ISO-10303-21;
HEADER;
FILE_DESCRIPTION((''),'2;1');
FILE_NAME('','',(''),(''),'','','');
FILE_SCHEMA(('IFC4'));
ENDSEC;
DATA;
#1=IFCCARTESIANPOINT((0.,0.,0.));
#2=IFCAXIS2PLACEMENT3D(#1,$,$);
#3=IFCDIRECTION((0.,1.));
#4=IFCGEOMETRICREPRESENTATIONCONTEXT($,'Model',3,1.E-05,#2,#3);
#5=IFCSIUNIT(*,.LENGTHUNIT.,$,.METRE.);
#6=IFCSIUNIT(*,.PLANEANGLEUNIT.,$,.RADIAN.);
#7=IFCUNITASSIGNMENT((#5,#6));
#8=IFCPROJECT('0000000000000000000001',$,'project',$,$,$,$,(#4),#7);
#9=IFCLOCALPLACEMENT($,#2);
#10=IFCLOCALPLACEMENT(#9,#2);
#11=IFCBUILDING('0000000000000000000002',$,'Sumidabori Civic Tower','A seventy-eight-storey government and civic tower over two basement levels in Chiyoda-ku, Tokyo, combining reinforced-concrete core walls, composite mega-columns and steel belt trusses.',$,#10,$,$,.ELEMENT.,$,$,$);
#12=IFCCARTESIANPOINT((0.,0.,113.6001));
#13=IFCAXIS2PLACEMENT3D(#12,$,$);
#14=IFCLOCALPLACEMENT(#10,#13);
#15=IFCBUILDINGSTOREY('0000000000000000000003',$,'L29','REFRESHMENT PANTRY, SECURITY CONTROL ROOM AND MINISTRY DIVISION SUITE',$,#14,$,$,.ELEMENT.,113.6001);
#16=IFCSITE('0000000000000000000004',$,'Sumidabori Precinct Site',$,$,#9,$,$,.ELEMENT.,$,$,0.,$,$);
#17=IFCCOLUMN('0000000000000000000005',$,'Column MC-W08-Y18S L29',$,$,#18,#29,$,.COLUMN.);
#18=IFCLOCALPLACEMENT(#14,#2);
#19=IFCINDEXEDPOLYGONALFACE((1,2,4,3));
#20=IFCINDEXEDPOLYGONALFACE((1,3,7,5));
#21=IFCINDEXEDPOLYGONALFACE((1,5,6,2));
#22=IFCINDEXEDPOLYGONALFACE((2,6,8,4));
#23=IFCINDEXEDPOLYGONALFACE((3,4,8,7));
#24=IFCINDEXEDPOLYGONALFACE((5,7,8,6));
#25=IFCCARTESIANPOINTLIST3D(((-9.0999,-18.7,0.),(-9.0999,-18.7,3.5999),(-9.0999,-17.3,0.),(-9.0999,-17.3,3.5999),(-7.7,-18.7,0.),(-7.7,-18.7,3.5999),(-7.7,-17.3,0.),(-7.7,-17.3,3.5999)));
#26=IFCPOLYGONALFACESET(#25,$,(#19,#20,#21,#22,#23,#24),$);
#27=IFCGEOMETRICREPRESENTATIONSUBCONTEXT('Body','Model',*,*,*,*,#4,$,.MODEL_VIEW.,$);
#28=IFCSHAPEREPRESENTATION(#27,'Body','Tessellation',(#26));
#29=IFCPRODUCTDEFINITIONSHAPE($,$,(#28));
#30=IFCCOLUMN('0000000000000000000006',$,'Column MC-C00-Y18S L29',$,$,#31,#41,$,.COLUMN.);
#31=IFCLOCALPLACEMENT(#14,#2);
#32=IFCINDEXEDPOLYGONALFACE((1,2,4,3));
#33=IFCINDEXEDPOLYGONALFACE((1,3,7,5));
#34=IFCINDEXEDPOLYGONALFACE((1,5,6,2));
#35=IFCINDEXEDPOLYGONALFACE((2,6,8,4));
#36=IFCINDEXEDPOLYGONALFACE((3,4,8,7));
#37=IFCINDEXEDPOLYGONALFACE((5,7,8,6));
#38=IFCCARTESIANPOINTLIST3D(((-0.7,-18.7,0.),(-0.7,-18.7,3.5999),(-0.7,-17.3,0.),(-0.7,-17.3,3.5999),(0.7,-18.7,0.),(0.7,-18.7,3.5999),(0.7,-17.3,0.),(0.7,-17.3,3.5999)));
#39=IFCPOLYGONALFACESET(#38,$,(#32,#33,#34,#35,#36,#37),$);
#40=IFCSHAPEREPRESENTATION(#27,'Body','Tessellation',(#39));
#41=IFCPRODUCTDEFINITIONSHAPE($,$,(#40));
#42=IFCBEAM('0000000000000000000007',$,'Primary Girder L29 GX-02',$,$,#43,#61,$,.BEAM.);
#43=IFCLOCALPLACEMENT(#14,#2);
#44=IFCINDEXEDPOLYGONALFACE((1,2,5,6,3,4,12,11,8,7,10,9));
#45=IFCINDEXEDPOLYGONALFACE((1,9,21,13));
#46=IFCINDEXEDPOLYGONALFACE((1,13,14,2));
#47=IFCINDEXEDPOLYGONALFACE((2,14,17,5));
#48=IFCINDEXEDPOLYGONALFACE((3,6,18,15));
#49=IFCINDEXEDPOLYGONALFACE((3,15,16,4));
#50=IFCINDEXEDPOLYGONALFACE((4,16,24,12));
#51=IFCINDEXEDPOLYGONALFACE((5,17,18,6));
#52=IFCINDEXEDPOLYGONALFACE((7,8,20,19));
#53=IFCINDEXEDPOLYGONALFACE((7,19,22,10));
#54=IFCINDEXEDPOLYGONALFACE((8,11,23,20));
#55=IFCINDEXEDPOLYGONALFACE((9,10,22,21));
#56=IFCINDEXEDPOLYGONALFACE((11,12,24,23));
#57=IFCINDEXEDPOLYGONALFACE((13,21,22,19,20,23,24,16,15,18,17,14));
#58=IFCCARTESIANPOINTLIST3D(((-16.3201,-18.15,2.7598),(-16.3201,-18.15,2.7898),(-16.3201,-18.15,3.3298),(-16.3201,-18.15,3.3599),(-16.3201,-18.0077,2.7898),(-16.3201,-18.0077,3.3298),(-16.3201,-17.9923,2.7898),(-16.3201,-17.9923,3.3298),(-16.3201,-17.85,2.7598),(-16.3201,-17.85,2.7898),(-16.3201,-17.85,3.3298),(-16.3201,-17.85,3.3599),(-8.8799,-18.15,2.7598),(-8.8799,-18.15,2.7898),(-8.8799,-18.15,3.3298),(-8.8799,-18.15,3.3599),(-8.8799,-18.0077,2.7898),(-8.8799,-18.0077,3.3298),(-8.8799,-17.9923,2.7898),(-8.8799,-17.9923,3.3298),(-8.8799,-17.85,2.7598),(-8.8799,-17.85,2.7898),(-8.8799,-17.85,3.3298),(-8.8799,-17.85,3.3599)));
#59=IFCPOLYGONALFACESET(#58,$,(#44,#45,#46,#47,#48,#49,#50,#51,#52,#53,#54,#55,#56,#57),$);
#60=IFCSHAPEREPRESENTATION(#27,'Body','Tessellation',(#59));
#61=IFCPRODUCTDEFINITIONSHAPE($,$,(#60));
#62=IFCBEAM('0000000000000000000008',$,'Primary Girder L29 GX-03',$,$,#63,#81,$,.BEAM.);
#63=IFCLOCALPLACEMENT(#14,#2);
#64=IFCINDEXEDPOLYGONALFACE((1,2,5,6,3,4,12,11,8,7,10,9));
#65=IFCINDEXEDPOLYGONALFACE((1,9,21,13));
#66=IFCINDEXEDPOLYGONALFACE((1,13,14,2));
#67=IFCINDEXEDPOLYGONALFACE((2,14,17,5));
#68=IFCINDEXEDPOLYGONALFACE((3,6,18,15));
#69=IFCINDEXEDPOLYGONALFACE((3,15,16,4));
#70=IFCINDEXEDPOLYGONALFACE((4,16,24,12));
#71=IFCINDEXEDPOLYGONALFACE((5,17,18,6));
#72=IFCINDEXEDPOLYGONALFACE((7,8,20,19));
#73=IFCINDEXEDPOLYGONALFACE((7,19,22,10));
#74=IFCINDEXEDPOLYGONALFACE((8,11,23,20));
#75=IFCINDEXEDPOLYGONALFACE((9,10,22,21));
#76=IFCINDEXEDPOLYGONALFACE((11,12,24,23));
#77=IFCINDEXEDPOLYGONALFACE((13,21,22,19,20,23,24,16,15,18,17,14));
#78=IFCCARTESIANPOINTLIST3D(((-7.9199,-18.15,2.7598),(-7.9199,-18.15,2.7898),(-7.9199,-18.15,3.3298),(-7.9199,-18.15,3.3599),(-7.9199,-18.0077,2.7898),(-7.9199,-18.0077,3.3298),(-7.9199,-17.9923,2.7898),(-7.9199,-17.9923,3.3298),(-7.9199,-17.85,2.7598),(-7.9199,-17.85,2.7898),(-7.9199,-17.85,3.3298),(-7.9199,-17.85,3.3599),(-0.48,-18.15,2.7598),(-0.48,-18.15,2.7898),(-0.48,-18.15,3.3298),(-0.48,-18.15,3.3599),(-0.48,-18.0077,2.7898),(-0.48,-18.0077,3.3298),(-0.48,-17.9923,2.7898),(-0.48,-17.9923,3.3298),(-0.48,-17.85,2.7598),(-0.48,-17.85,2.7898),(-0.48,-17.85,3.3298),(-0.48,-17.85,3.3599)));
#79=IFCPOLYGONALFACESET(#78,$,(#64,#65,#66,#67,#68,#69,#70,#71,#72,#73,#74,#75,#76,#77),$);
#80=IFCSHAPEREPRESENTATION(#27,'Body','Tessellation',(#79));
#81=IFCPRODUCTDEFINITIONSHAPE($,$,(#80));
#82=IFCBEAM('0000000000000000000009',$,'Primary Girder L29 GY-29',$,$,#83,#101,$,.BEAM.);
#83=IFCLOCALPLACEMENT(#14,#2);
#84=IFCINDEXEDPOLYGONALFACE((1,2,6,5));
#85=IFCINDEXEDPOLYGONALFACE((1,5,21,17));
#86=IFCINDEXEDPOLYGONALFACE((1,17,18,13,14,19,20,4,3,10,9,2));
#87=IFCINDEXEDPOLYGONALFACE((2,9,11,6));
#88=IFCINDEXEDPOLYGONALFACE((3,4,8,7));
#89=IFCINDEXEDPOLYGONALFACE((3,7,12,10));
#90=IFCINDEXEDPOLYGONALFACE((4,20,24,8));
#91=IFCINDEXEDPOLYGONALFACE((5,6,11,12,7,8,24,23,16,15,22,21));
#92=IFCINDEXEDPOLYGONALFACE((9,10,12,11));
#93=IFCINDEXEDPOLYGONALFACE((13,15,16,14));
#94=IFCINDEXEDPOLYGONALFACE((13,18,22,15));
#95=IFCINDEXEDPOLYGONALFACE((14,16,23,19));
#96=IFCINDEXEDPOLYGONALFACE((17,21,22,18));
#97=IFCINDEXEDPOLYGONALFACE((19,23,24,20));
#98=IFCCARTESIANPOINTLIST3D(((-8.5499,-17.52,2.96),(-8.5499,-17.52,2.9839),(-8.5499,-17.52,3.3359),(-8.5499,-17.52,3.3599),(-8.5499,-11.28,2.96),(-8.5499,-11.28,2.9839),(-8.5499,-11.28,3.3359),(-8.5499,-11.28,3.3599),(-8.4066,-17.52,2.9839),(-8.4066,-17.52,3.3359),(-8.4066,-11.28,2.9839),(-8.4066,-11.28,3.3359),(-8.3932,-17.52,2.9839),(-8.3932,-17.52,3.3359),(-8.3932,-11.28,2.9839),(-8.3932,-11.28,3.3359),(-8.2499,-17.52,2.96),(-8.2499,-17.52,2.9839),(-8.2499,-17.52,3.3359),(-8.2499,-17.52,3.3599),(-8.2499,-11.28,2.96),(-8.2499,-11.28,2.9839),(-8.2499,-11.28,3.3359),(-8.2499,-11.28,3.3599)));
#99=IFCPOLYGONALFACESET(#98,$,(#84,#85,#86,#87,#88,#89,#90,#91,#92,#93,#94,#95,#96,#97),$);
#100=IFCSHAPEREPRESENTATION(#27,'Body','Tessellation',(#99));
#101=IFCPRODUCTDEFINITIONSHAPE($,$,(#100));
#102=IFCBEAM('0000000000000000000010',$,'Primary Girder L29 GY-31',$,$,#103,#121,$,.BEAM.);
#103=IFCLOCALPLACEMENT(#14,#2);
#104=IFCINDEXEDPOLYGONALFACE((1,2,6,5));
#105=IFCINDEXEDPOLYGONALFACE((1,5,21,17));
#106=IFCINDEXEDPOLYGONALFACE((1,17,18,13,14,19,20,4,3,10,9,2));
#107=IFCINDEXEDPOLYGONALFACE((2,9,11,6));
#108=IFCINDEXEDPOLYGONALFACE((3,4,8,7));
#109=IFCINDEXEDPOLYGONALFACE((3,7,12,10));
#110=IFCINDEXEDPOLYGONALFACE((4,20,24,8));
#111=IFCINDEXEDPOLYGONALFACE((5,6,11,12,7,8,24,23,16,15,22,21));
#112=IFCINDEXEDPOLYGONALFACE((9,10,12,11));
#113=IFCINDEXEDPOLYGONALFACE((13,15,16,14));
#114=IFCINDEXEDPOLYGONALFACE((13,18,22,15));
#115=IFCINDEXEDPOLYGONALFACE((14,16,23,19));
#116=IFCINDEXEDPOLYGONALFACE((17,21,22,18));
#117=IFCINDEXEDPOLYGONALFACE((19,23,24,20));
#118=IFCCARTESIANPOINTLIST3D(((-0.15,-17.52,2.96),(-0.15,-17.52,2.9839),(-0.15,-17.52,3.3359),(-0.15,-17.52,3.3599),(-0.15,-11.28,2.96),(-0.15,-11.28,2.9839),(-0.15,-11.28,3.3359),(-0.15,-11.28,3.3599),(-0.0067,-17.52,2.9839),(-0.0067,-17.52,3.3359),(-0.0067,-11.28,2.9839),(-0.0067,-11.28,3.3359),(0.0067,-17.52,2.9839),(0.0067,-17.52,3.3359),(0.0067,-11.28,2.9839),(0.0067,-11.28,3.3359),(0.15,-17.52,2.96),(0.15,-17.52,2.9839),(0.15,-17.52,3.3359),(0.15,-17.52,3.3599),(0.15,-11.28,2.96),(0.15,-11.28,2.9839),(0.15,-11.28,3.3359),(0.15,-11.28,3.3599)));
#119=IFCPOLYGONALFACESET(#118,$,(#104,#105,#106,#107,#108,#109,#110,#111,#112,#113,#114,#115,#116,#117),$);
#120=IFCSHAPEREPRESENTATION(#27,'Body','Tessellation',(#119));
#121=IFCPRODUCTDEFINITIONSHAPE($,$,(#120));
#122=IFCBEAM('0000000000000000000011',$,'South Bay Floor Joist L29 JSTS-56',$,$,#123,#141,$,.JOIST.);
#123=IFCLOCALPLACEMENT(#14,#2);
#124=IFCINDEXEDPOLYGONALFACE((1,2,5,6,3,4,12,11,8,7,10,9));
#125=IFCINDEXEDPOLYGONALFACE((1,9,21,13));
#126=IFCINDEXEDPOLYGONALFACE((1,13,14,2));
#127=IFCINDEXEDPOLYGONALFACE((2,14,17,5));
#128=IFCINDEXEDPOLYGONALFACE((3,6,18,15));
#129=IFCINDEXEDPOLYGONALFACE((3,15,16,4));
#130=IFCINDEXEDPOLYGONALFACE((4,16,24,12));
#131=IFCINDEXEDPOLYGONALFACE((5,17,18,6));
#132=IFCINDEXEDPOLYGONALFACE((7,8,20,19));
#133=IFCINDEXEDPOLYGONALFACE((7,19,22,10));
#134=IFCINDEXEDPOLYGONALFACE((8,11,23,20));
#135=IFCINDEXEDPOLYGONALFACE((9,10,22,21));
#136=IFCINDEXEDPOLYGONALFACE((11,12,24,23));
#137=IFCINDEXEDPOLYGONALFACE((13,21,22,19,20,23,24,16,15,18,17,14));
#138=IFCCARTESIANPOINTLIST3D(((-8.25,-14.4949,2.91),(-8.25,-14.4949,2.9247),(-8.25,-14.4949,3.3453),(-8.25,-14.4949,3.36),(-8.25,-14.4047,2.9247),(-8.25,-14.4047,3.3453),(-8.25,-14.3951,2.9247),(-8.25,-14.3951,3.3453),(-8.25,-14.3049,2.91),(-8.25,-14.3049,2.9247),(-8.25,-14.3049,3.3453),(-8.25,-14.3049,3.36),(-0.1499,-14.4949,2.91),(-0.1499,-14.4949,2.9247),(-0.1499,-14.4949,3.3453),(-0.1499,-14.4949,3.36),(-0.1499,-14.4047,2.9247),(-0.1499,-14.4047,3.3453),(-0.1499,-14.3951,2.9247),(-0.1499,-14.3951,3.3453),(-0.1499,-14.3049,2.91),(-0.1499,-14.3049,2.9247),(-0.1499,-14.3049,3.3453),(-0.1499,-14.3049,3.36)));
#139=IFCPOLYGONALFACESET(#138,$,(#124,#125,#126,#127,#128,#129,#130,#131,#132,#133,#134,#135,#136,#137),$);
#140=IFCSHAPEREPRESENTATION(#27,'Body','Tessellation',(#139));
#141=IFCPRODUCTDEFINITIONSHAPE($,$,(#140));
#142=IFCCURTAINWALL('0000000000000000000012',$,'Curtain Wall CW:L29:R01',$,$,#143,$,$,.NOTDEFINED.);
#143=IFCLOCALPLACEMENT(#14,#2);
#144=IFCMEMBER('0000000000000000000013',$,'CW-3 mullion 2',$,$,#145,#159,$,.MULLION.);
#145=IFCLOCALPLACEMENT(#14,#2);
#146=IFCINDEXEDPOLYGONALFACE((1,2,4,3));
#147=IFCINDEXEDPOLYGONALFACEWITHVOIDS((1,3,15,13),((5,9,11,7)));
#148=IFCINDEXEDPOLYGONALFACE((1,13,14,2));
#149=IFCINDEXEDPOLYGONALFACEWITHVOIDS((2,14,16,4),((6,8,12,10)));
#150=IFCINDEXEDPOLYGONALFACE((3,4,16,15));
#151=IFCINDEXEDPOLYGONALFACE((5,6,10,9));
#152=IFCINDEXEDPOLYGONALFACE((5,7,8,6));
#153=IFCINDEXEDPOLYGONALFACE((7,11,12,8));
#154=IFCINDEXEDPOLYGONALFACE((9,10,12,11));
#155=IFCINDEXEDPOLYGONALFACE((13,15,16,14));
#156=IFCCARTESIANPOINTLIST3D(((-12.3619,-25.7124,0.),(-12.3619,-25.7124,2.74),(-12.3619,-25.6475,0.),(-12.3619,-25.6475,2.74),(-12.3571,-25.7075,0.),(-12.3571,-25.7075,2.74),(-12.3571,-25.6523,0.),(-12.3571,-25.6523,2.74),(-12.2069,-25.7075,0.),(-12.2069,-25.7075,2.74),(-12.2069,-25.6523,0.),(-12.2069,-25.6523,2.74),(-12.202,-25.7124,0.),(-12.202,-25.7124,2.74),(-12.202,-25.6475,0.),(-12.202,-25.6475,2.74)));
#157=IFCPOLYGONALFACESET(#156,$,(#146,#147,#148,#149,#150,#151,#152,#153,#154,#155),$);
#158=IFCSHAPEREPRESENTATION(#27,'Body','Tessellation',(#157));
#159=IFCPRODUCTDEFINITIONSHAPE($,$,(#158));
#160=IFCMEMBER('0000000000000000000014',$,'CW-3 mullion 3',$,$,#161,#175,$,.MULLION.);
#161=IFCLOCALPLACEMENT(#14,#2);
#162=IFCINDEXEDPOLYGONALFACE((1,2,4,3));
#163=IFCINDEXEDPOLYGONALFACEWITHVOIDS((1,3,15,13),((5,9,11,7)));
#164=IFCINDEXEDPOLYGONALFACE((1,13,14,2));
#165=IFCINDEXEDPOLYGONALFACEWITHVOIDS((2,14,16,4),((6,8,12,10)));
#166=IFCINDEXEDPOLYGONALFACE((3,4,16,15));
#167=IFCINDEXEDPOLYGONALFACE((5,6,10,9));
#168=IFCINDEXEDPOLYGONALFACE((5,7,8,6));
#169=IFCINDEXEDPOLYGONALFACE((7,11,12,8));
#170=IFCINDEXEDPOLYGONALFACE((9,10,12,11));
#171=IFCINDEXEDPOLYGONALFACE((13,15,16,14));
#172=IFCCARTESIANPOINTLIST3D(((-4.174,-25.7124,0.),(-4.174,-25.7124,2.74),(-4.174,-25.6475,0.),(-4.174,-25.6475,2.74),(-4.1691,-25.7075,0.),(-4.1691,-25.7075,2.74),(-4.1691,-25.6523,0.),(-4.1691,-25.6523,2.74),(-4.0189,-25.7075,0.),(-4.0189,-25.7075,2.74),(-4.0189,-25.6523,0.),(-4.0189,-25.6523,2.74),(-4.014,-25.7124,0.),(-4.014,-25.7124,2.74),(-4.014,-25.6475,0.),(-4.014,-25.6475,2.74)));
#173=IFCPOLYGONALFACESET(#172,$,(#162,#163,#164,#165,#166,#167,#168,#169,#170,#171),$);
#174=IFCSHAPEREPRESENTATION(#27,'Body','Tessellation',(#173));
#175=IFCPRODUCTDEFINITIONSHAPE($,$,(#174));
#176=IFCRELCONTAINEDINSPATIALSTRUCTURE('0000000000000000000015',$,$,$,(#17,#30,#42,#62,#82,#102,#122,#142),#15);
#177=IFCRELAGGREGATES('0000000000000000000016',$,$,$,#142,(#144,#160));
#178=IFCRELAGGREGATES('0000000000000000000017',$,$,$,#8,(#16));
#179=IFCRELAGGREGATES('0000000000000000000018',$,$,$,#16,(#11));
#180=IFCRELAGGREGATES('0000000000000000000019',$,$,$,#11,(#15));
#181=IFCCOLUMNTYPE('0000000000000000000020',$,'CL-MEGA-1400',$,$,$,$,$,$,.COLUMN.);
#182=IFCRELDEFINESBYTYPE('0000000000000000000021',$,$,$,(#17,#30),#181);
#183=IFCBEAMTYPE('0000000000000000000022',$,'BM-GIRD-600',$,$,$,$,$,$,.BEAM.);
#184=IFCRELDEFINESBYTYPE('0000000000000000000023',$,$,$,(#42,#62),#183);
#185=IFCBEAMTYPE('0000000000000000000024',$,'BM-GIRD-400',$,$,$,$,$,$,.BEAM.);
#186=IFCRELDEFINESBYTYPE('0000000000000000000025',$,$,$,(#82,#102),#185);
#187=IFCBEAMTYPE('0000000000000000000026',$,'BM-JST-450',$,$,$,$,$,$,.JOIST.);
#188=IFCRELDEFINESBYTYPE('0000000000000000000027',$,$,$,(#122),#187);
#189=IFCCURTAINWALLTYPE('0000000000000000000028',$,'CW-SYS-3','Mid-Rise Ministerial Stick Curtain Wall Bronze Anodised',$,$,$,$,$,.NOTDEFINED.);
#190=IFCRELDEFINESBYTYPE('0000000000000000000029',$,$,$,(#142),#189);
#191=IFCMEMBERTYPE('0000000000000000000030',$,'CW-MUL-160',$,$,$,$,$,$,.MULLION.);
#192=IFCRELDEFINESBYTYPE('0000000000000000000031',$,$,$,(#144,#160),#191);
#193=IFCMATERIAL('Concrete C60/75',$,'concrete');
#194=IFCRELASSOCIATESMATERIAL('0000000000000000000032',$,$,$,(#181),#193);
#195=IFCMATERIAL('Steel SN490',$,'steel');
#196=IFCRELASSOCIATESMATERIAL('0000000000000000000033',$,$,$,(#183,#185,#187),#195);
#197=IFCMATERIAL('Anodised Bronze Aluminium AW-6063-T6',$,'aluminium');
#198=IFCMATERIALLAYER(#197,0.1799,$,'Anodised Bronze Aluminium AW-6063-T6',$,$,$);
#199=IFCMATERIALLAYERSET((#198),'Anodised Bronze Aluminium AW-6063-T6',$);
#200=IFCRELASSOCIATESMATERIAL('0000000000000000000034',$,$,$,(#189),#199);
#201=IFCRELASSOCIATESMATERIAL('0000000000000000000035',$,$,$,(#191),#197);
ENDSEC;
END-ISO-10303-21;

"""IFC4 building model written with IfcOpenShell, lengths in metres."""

from ifc_helpers import new_model, si_unit, direction, frame, origin, origin_2d, place, context, subcontext, project, spatial, rectangle, hollow_rectangle, i_section, extrude, source, transform, mapped, material, layer, layer_set, material_profile, profile_set, type_object, element, aggregate, save


model = new_model("IFC4")

# Units and contexts
model_context = context("Model", 3, precision=1e-05, world=origin(), true_north=direction((0.0, 1.0)))
body_context = subcontext(model_context, "Body", "Model", "MODEL_VIEW")
ifc_project = project(units=[si_unit("LENGTHUNIT", "METRE"), si_unit("PLANEANGLEUNIT", "RADIAN")], contexts=[model_context])

# Site, building, storey
site_placement = place(None, origin())
site = spatial("IfcSite", under=ifc_project, at=site_placement, Name="Sumidabori Precinct Site", CompositionType="ELEMENT", RefElevation=0.0)
building_placement = place(site_placement, origin())
building = spatial("IfcBuilding", under=site, at=building_placement, Name="Sumidabori Civic Tower", Description="A seventy-eight-storey government and civic tower over two basement levels in Chiyoda-ku, Tokyo, combining reinforced-concrete core walls, composite mega-columns and steel belt trusses.", CompositionType="ELEMENT")
storey_placement = place(building_placement, frame((0.0, 0.0, 113.6001)))
storey = spatial("IfcBuildingStorey", under=building, at=storey_placement, Name="L29", Description="REFRESHMENT PANTRY, SECURITY CONTROL ROOM AND MINISTRY DIVISION SUITE", CompositionType="ELEMENT", Elevation=113.6001)

# Columns
ifc_material_1 = material(Name="Concrete C60/75", Category="concrete")
ifc_material_profile_1 = material_profile(ifc_material_1, rectangle(XDim=1.3999, YDim=1.3999, at=origin_2d()), Name="RC 1400x1400")
ifc_profile_set_1 = profile_set([ifc_material_profile_1], Name="Concrete C60/75")
column_type = type_object("IfcColumnType", Name="CL-MEGA-1400", PredefinedType="COLUMN", material=ifc_profile_set_1)
shared_shape_1 = source(origin(), body_context, "Body", "SweptSolid", [
    extrude(rectangle(XDim=1.3999, YDim=1.3999, at=origin_2d()), origin(), (0.0, 0.0, 1.0), 3.5999),
])
for number, where, z_axis, x_axis, name in (
    (1, (-8.3999, -18.0, 0.0), (0.0, 0.0, 1.0), (1.0, 0.0, 0.0), "Column MC-W08-Y18S L29"),
    (2, (0.0, -18.0, 0.0), (0.0, 0.0, 1.0), (1.0, 0.0, 0.0), "Column MC-C00-Y18S L29"),
):
    element("IfcColumn", number, at=place(storey_placement, frame(where, z_axis=z_axis, x_axis=x_axis)), inside=storey, type_object=column_type, Name=name, PredefinedType="COLUMN", context=body_context, shape_type="MappedRepresentation", body=[
        mapped(shared_shape_1, transform((0.0, 0.0, 0.0), x_axis=(1.0, 0.0, 0.0), y_axis=(0.0, 1.0, 0.0), z_axis=(0.0, 0.0, 1.0), scale=1.0)),
    ])

# Beams
ifc_material_2 = material(Name="Steel SN490", Category="steel")
ifc_material_profile_2 = material_profile(ifc_material_2, i_section(OverallWidth=0.3, OverallDepth=0.6001, WebThickness=0.0154, FlangeThickness=0.03, at=origin_2d()), Name="HE 600 B")
ifc_profile_set_2 = profile_set([ifc_material_profile_2], Name="Steel SN490")
beam_type_1 = type_object("IfcBeamType", Name="BM-GIRD-600", PredefinedType="BEAM", material=ifc_profile_set_2)
shared_shape_2 = source(origin(), body_context, "Body", "SweptSolid", [
    extrude(i_section(OverallWidth=0.3, OverallDepth=0.6001, WebThickness=0.0154, FlangeThickness=0.03, at=origin_2d()), origin(), (0.0, 0.0, 1.0), 7.4402),
])
beam_1_placement = place(storey_placement, frame((-16.3201, -18.0, 3.0598), z_axis=(1.0, 0.0, 0.0), x_axis=(0.0, 1.0, 0.0)))
element("IfcBeam", 3, at=beam_1_placement, inside=storey, type_object=beam_type_1, Name="Primary Girder L29 GX-02", PredefinedType="BEAM", context=body_context, shape_type="MappedRepresentation", body=[
    mapped(shared_shape_2, transform((0.0, 0.0, 0.0), x_axis=(1.0, 0.0, 0.0), y_axis=(0.0, 1.0, 0.0), z_axis=(0.0, 0.0, 1.0), scale=1.0)),
])
shared_shape_3 = source(origin(), body_context, "Body", "SweptSolid", [
    extrude(i_section(OverallWidth=0.3, OverallDepth=0.6001, WebThickness=0.0154, FlangeThickness=0.03, at=origin_2d()), origin(), (0.0, 0.0, 1.0), 7.4399),
])
beam_2_placement = place(storey_placement, frame((-7.9199, -18.0, 3.0598), z_axis=(1.0, 0.0, 0.0), x_axis=(0.0, 1.0, 0.0)))
element("IfcBeam", 4, at=beam_2_placement, inside=storey, type_object=beam_type_1, Name="Primary Girder L29 GX-03", PredefinedType="BEAM", context=body_context, shape_type="MappedRepresentation", body=[
    mapped(shared_shape_3, transform((0.0, 0.0, 0.0), x_axis=(1.0, 0.0, 0.0), y_axis=(0.0, 1.0, 0.0), z_axis=(0.0, 0.0, 1.0), scale=1.0)),
])
ifc_material_profile_3 = material_profile(ifc_material_2, i_section(OverallWidth=0.3, OverallDepth=0.3999, WebThickness=0.0134, FlangeThickness=0.0239, at=origin_2d()), Name="HE 400 B")
ifc_profile_set_3 = profile_set([ifc_material_profile_3], Name="Steel SN490")
beam_type_2 = type_object("IfcBeamType", Name="BM-GIRD-400", PredefinedType="BEAM", material=ifc_profile_set_3)
shared_shape_4 = source(origin(), body_context, "Body", "SweptSolid", [
    extrude(i_section(OverallWidth=0.3, OverallDepth=0.3999, WebThickness=0.0134, FlangeThickness=0.0239, at=origin_2d()), origin(), (0.0, 0.0, 1.0), 6.24),
])
for number, where, z_axis, x_axis, name in (
    (5, (-8.3999, -17.52, 3.1599), (0.0, 1.0, 0.0), (-1.0, 0.0, 0.0), "Primary Girder L29 GY-29"),
    (6, (0.0, -17.52, 3.1599), (0.0, 1.0, 0.0), (-1.0, 0.0, 0.0), "Primary Girder L29 GY-31"),
):
    element("IfcBeam", number, at=place(storey_placement, frame(where, z_axis=z_axis, x_axis=x_axis)), inside=storey, type_object=beam_type_2, Name=name, PredefinedType="BEAM", context=body_context, shape_type="MappedRepresentation", body=[
        mapped(shared_shape_4, transform((0.0, 0.0, 0.0), x_axis=(1.0, 0.0, 0.0), y_axis=(0.0, 1.0, 0.0), z_axis=(0.0, 0.0, 1.0), scale=1.0)),
    ])
ifc_material_profile_4 = material_profile(ifc_material_2, i_section(OverallWidth=0.1899, OverallDepth=0.45, WebThickness=0.0095, FlangeThickness=0.0146, at=origin_2d()), Name="IPE 450")
ifc_profile_set_4 = profile_set([ifc_material_profile_4], Name="Steel SN490")
beam_type_3 = type_object("IfcBeamType", Name="BM-JST-450", PredefinedType="JOIST", material=ifc_profile_set_4)
shared_shape_5 = source(origin(), body_context, "Body", "SweptSolid", [
    extrude(i_section(OverallWidth=0.1899, OverallDepth=0.45, WebThickness=0.0095, FlangeThickness=0.0146, at=origin_2d()), origin(), (0.0, 0.0, 1.0), 8.1001),
])
beam_3_placement = place(storey_placement, frame((-8.25, -14.3999, 3.135), z_axis=(1.0, 0.0, 0.0), x_axis=(0.0, 1.0, 0.0)))
element("IfcBeam", 7, at=beam_3_placement, inside=storey, type_object=beam_type_3, Name="South Bay Floor Joist L29 JSTS-56", PredefinedType="JOIST", context=body_context, shape_type="MappedRepresentation", body=[
    mapped(shared_shape_5, transform((0.0, 0.0, 0.0), x_axis=(1.0, 0.0, 0.0), y_axis=(0.0, 1.0, 0.0), z_axis=(0.0, 0.0, 1.0), scale=1.0)),
])

# Curtain wall, members
ifc_material_3 = material(Name="Anodised Bronze Aluminium AW-6063-T6", Category="aluminium")
ifc_layer_1 = layer(ifc_material_3, 0.1799, Name="Anodised Bronze Aluminium AW-6063-T6")
ifc_layer_set_1 = layer_set([ifc_layer_1], Name="Anodised Bronze Aluminium AW-6063-T6")
curtain_wall_type = type_object("IfcCurtainWallType", Name="CW-SYS-3", Description="Mid-Rise Ministerial Stick Curtain Wall Bronze Anodised", PredefinedType="NOTDEFINED", material=ifc_layer_set_1)
curtain_wall_placement = place(storey_placement, origin())
curtain_wall = element("IfcCurtainWall", 8, at=curtain_wall_placement, inside=storey, type_object=curtain_wall_type, Name="Curtain Wall CW:L29:R01", PredefinedType="NOTDEFINED")
ifc_material_profile_5 = material_profile(ifc_material_3, hollow_rectangle(XDim=0.0649, YDim=0.1599, WallThickness=0.0049, at=origin_2d()), Name="ALU MULLION 160x65")
ifc_profile_set_5 = profile_set([ifc_material_profile_5], Name="Anodised Bronze Aluminium AW-6063-T6")
member_type_1 = type_object("IfcMemberType", Name="CW-MUL-160", PredefinedType="MULLION", material=ifc_profile_set_5)
shared_shape_6 = source(origin(), body_context, "Body", "SweptSolid", [
    extrude(hollow_rectangle(XDim=0.0649, YDim=0.1599, WallThickness=0.0049, at=origin_2d()), origin(), (0.0, 0.0, 1.0), 2.74),
])
member_1_placement = place(storey_placement, frame((-12.282, -25.6799, 0.0), z_axis=(0.0, 0.0, 1.0), x_axis=(0.0, 1.0, 0.0)))
member_1 = element("IfcMember", 9, at=member_1_placement, type_object=member_type_1, Name="CW-3 mullion 2", PredefinedType="MULLION", context=body_context, shape_type="MappedRepresentation", body=[
    mapped(shared_shape_6, transform((0.0, 0.0, 0.0), x_axis=(1.0, 0.0, 0.0), y_axis=(0.0, 1.0, 0.0), z_axis=(0.0, 0.0, 1.0), scale=1.0)),
])
member_2_placement = place(storey_placement, frame((-4.094, -25.6799, 0.0), z_axis=(0.0, 0.0, 1.0), x_axis=(0.0, 1.0, 0.0)))
member_2 = element("IfcMember", 10, at=member_2_placement, type_object=member_type_1, Name="CW-3 mullion 3", PredefinedType="MULLION", context=body_context, shape_type="MappedRepresentation", body=[
    mapped(shared_shape_6, transform((0.0, 0.0, 0.0), x_axis=(1.0, 0.0, 0.0), y_axis=(0.0, 1.0, 0.0), z_axis=(0.0, 0.0, 1.0), scale=1.0)),
])
aggregate(curtain_wall, [member_1, member_2])

save(model, "model.ifc")
